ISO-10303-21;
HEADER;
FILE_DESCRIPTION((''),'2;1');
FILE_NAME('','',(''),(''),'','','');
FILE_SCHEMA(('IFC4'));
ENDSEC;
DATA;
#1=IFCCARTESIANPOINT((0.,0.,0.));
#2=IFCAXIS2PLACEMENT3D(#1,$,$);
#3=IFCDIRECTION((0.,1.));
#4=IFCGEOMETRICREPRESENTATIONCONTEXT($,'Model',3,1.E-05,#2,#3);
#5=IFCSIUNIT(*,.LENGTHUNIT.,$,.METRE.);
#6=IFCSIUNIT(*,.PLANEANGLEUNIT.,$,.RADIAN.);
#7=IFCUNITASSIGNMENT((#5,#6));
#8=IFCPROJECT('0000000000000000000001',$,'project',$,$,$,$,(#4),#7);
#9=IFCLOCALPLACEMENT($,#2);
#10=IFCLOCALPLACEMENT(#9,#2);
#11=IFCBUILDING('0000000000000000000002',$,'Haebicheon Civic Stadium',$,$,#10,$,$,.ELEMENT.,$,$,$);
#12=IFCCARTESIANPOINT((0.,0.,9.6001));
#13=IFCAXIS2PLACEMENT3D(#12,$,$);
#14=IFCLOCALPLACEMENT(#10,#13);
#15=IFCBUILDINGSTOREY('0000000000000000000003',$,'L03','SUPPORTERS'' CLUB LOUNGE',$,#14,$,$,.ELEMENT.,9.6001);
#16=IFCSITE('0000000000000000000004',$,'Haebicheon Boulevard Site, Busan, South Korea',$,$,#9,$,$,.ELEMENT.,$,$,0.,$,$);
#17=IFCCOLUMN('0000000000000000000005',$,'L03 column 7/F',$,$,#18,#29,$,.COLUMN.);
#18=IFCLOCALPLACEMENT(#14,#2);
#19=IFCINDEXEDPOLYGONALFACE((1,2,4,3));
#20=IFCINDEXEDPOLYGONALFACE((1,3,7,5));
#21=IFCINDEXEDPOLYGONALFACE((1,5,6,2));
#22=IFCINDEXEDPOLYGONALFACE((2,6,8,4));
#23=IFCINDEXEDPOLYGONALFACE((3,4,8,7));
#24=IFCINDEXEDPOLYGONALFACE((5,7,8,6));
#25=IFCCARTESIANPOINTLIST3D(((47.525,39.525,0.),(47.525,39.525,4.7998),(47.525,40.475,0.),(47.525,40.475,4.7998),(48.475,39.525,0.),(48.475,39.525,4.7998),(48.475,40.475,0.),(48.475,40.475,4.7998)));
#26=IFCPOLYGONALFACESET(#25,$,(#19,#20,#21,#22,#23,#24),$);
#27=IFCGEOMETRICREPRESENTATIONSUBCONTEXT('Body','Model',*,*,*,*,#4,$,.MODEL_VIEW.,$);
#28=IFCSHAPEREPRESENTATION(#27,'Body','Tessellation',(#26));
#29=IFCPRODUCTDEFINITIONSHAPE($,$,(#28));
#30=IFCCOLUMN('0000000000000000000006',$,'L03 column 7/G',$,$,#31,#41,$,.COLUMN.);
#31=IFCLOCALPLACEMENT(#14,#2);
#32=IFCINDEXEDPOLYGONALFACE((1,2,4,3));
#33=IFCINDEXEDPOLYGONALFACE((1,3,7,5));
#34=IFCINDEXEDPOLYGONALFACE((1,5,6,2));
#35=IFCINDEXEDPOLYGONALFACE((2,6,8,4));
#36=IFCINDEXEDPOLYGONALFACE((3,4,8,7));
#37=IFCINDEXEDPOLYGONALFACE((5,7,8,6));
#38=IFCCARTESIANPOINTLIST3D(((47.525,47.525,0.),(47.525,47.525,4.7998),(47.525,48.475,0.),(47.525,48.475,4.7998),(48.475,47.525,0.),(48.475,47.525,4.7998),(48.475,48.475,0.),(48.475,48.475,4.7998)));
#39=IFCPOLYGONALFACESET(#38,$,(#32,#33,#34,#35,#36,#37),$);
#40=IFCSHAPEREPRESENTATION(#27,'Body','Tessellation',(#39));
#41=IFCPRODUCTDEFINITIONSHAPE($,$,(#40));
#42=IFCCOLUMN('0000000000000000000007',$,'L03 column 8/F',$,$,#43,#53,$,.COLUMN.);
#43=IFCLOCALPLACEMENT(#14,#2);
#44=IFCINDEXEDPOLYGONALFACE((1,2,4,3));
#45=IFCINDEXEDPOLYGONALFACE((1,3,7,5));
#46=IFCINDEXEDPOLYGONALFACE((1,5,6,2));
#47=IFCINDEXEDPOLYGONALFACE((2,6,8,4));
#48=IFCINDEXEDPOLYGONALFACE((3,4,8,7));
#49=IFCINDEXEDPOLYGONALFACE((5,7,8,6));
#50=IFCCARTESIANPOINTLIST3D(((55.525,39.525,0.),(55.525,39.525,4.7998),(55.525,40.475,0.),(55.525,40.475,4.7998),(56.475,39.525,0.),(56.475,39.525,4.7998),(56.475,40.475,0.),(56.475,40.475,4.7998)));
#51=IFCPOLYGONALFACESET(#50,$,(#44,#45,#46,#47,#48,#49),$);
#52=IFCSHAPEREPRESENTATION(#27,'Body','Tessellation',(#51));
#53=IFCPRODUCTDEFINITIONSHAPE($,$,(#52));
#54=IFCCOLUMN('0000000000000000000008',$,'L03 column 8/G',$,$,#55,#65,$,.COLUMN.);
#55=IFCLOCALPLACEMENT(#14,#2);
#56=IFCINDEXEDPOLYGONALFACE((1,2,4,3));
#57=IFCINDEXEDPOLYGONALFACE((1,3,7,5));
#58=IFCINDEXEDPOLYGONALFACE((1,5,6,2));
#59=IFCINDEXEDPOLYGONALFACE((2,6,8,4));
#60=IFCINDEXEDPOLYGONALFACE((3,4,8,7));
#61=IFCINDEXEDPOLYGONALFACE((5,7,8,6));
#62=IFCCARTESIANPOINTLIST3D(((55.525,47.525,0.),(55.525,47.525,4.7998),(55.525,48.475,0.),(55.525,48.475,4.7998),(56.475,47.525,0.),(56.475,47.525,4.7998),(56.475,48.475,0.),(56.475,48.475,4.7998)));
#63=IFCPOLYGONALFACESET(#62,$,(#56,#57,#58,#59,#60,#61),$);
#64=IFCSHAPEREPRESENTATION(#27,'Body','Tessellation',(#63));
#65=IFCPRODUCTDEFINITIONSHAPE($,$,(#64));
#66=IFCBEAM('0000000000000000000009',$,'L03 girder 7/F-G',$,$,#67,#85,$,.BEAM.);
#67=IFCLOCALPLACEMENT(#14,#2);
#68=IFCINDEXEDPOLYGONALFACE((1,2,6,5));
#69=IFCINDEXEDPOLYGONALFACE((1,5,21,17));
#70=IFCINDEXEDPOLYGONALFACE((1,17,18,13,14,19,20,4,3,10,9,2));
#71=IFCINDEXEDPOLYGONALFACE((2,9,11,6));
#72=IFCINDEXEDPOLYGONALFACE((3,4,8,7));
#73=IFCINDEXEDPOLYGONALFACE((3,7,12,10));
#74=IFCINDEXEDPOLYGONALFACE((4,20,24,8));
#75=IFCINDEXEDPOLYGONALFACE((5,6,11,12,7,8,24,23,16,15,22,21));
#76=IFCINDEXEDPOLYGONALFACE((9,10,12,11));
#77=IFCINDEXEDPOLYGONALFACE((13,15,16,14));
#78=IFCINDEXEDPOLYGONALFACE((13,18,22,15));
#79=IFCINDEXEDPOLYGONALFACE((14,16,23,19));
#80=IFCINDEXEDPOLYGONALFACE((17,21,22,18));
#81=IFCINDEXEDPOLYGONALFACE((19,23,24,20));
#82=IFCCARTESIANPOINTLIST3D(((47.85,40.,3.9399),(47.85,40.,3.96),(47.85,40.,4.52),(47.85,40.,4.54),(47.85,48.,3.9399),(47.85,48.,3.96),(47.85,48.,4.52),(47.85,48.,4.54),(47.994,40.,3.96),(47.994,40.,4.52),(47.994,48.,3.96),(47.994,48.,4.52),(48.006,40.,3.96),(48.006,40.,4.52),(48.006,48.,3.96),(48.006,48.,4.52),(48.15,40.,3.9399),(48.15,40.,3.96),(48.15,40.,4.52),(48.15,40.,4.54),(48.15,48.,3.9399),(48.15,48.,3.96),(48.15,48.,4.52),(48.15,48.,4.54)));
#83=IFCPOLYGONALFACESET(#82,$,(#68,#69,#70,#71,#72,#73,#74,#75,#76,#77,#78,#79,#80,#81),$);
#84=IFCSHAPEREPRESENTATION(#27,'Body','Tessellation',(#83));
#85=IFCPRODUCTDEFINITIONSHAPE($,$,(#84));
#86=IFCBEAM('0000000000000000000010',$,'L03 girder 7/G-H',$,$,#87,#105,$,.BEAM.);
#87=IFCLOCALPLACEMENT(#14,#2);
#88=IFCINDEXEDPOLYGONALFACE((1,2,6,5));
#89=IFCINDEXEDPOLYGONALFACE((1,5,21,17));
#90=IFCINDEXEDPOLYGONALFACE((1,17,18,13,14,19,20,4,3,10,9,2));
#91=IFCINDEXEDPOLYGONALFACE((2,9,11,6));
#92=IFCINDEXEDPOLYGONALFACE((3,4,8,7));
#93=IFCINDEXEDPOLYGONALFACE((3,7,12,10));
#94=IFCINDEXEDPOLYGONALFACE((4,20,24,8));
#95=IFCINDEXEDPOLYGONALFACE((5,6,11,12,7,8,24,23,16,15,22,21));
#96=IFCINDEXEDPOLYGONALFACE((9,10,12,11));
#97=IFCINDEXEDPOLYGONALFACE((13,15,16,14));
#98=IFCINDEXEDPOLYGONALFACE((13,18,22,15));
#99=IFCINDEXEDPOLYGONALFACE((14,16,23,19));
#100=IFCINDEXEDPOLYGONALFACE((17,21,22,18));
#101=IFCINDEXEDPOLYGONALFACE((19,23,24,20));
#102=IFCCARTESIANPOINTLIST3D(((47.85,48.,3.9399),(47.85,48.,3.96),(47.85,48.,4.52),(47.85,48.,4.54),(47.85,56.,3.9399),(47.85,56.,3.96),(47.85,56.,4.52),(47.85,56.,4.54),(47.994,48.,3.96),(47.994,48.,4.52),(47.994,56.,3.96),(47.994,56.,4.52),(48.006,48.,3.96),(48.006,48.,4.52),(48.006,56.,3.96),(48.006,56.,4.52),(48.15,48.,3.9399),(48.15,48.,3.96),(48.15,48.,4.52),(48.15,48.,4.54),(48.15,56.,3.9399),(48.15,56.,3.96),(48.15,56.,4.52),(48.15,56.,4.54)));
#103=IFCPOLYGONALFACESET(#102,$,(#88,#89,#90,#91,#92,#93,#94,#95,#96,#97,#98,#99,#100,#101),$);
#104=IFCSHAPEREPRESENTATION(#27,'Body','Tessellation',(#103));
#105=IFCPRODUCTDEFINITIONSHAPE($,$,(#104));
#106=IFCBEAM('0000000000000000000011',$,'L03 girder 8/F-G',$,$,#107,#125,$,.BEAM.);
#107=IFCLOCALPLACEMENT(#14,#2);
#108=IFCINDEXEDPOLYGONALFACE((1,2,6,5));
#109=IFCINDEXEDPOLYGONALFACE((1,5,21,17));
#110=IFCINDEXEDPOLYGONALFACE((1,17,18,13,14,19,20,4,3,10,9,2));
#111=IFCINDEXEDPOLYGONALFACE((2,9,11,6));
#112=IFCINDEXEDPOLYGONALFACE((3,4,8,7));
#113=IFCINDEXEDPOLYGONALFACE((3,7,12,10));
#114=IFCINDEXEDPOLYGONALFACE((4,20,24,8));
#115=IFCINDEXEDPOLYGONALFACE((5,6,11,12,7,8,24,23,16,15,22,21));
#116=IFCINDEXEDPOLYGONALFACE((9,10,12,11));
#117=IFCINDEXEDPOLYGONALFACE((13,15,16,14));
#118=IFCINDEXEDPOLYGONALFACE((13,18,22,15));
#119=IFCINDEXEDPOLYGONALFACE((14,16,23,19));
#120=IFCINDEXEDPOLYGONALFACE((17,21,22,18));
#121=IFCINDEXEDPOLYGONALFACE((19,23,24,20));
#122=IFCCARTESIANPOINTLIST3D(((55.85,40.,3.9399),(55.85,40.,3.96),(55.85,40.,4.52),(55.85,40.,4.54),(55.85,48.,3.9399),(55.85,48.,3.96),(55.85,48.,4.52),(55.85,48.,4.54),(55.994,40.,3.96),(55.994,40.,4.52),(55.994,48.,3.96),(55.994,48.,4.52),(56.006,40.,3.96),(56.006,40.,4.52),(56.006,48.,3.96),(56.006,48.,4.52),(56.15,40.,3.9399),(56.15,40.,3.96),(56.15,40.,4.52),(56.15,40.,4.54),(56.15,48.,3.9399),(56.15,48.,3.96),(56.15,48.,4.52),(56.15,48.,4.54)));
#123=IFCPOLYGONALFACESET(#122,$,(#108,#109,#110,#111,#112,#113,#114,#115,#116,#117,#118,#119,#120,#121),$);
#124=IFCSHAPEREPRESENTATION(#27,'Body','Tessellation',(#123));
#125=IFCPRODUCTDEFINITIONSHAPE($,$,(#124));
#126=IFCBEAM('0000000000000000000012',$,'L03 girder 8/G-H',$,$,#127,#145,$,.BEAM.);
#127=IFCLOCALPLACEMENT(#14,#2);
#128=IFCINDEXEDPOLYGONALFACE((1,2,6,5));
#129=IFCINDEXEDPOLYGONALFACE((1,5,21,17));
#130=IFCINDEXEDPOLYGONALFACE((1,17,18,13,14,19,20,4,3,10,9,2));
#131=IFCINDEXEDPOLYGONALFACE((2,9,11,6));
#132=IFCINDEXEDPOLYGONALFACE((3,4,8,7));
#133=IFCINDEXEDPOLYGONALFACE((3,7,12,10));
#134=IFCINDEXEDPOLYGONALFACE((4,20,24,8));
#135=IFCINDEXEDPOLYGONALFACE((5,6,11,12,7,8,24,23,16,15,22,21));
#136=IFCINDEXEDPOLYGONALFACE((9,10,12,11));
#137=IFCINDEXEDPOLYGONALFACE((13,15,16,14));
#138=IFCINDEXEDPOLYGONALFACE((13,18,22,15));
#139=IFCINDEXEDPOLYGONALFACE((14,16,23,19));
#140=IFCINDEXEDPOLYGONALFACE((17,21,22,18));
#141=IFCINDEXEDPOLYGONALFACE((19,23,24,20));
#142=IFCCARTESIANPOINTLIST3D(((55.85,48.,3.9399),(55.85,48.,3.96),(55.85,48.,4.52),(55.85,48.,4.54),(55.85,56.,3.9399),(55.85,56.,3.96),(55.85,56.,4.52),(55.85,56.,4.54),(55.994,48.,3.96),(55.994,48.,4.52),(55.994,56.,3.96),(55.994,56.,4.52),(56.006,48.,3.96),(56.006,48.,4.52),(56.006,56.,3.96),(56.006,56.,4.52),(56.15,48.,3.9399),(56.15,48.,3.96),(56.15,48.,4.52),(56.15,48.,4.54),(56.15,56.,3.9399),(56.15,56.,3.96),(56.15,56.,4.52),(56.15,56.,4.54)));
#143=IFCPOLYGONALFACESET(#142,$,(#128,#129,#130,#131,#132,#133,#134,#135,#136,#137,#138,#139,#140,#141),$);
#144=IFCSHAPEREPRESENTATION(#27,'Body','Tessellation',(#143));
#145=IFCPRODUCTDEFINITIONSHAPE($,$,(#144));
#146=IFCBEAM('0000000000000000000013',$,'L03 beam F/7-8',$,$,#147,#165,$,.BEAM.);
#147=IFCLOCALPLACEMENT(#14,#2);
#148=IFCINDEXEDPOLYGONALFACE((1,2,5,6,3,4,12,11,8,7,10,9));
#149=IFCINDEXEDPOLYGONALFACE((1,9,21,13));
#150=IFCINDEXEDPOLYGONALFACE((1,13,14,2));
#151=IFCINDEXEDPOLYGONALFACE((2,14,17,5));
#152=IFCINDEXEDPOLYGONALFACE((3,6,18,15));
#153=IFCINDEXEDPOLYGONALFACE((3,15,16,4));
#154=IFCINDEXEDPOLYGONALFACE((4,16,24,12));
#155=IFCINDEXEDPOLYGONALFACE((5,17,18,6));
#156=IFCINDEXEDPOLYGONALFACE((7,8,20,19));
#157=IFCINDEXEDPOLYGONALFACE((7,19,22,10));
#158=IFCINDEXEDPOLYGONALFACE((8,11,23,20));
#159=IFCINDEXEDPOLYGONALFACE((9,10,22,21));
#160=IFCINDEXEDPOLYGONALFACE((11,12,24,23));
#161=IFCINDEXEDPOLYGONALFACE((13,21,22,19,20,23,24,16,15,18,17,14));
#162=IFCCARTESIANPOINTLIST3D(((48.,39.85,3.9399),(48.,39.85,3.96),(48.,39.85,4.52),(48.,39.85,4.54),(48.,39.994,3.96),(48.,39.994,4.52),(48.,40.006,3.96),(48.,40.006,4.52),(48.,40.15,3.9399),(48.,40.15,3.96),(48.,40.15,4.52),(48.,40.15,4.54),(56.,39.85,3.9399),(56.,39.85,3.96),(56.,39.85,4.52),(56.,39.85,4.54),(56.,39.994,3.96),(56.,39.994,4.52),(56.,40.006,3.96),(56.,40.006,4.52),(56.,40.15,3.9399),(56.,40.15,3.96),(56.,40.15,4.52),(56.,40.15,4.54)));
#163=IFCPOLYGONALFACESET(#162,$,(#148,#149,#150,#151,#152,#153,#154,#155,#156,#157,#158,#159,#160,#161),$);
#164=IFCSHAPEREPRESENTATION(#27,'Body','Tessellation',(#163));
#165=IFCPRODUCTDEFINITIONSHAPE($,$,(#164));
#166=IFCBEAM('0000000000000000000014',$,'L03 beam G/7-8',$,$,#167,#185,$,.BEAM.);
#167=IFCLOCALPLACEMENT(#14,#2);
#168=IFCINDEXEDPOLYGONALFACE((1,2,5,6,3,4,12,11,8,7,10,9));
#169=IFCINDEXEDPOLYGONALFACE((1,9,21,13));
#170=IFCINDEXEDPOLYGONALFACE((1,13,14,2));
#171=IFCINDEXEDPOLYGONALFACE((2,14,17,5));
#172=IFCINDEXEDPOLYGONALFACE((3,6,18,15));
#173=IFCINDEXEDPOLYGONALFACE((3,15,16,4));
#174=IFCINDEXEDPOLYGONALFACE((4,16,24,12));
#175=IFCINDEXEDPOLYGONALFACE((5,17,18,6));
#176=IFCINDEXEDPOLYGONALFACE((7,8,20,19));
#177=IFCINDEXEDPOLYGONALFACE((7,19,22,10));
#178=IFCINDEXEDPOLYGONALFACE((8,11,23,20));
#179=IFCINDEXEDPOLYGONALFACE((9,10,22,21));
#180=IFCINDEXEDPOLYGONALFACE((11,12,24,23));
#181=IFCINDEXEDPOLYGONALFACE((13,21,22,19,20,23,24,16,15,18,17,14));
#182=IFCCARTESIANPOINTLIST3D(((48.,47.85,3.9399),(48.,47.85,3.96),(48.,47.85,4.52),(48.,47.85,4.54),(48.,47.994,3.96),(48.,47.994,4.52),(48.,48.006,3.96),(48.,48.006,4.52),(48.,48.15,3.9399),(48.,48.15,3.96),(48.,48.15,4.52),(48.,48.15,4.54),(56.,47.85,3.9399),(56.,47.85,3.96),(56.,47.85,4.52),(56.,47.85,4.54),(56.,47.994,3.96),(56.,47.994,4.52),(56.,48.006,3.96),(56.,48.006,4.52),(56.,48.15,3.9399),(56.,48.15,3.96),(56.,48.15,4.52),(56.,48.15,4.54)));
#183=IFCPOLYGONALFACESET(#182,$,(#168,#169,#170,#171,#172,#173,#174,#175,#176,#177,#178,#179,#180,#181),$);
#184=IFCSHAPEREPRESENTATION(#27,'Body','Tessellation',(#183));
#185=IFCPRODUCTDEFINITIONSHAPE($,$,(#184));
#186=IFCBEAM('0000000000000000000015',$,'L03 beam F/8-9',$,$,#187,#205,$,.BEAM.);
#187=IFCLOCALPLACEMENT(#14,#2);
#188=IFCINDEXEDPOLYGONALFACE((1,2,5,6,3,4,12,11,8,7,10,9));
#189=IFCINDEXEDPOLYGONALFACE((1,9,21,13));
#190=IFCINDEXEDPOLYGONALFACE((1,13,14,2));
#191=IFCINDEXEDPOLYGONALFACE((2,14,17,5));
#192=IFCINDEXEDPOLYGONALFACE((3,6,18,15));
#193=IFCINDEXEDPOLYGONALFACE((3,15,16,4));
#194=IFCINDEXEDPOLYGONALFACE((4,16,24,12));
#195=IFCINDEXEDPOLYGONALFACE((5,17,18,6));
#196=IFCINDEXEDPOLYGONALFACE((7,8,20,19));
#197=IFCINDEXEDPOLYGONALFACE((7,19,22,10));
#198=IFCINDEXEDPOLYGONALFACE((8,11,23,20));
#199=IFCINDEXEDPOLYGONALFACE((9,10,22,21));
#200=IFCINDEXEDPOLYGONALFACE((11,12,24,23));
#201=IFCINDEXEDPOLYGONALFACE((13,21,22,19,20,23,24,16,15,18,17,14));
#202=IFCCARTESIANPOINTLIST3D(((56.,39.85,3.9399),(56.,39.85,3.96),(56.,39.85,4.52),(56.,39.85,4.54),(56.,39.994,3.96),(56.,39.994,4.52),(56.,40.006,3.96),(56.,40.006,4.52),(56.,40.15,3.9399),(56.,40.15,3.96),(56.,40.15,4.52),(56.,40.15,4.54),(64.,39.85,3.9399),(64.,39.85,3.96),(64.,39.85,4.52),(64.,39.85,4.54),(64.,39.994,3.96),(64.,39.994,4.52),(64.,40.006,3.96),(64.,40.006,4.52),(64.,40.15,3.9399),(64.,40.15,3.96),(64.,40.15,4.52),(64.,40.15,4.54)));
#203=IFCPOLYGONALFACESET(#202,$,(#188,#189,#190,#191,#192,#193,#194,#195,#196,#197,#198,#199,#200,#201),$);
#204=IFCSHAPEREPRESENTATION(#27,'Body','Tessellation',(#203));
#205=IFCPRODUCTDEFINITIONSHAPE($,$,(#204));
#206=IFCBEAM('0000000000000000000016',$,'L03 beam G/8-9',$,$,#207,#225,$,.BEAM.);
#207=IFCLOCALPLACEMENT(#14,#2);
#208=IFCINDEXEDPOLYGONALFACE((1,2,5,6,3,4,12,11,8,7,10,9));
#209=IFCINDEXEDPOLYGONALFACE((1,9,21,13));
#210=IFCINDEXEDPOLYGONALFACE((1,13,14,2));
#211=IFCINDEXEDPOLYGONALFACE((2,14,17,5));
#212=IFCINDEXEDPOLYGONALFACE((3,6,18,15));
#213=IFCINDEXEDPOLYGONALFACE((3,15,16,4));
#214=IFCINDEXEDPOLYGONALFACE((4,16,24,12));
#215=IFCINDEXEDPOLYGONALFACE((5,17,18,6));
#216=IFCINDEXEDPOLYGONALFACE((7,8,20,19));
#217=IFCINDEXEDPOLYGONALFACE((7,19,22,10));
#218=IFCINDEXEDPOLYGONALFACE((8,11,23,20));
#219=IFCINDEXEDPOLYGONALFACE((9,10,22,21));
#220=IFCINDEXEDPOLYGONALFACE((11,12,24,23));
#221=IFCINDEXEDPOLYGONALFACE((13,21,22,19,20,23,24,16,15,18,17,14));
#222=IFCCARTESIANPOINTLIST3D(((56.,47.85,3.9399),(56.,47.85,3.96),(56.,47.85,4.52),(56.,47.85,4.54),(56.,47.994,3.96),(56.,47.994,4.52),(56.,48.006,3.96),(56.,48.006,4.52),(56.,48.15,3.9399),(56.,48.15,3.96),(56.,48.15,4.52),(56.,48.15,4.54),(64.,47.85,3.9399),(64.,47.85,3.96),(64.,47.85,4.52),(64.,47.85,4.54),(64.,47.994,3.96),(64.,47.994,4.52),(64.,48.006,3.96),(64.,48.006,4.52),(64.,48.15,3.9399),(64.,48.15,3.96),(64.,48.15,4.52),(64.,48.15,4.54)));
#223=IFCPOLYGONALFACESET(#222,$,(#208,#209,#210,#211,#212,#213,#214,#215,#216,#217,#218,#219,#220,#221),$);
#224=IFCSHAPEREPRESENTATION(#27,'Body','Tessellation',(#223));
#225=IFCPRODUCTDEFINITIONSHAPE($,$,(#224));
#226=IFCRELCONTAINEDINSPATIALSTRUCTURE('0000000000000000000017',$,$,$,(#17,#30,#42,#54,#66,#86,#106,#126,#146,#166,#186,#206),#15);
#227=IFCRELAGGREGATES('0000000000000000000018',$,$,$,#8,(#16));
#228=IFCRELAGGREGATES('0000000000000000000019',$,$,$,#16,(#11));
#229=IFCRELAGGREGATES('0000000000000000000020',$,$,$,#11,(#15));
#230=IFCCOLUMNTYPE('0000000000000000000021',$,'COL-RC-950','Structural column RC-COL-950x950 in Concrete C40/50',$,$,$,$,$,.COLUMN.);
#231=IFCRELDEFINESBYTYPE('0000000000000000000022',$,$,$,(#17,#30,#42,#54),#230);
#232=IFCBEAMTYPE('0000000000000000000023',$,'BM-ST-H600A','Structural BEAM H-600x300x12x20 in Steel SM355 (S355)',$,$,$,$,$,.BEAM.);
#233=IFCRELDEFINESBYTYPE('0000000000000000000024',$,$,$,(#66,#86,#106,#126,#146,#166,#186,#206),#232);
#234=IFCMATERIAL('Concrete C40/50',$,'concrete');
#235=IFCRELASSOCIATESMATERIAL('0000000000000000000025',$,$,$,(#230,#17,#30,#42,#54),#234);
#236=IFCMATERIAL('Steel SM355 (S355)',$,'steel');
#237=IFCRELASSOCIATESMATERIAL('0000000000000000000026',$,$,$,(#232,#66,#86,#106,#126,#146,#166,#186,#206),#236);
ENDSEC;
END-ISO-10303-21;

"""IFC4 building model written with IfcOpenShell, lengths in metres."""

from ifc_helpers import new_model, si_unit, direction, frame, origin, origin_2d, place, context, subcontext, project, spatial, rectangle, i_section, extrude, material, material_profile, profile_set, type_object, element, save


model = new_model("IFC4")

# Units and contexts
model_context = context("Model", 3, precision=1e-05, world=origin(), true_north=direction((0.0, 1.0)))
body_context = subcontext(model_context, "Body", "Model", "MODEL_VIEW")
ifc_project = project(units=[si_unit("LENGTHUNIT", "METRE"), si_unit("PLANEANGLEUNIT", "RADIAN")], contexts=[model_context])

# Site, building, storey
site_placement = place(None, origin())
site = spatial("IfcSite", under=ifc_project, at=site_placement, Name="Haebicheon Boulevard Site, Busan, South Korea", CompositionType="ELEMENT", RefElevation=0.0)
building_placement = place(site_placement, origin())
building = spatial("IfcBuilding", under=site, at=building_placement, Name="Haebicheon Civic Stadium", CompositionType="ELEMENT")
storey_placement = place(building_placement, frame((0.0, 0.0, 9.6001)))
storey = spatial("IfcBuildingStorey", under=building, at=storey_placement, Name="L03", Description="SUPPORTERS' CLUB LOUNGE", CompositionType="ELEMENT", Elevation=9.6001)

# Columns
ifc_material_1 = material(Name="Concrete C40/50", Category="concrete")
ifc_material_profile_1 = material_profile(ifc_material_1, rectangle(XDim=0.95, YDim=0.95, at=origin_2d()), Name="RC-COL-950x950")
ifc_profile_set_1 = profile_set([ifc_material_profile_1], Name="Concrete C40/50")
column_type = type_object("IfcColumnType", Name="COL-RC-950", Description="Structural column RC-COL-950x950 in Concrete C40/50", PredefinedType="COLUMN", material=ifc_profile_set_1)
for number, where, z_axis, x_axis, name in (
    (1, (48.0, 40.0, 0.0), (0.0, 0.0, 1.0), (1.0, 0.0, 0.0), "L03 column 7/F"),
    (2, (48.0, 48.0, 0.0), (0.0, 0.0, 1.0), (1.0, 0.0, 0.0), "L03 column 7/G"),
    (3, (56.0, 40.0, 0.0), (0.0, 0.0, 1.0), (1.0, 0.0, 0.0), "L03 column 8/F"),
    (4, (56.0, 48.0, 0.0), (0.0, 0.0, 1.0), (1.0, 0.0, 0.0), "L03 column 8/G"),
):
    element("IfcColumn", number, at=place(storey_placement, frame(where, z_axis=z_axis, x_axis=x_axis)), inside=storey, type_object=column_type, material=ifc_profile_set_1, Name=name, PredefinedType="COLUMN", context=body_context, shape_type="SweptSolid", body=[
        extrude(rectangle(XDim=0.95, YDim=0.95, at=origin_2d()), origin(), (0.0, 0.0, 1.0), 4.7998),
    ])

# Beams
ifc_material_2 = material(Name="Steel SM355 (S355)", Category="steel")
ifc_material_profile_2 = material_profile(ifc_material_2, i_section(OverallWidth=0.3, OverallDepth=0.6001, WebThickness=0.012, FlangeThickness=0.02, at=origin_2d()), Name="H-600x300x12x20")
ifc_profile_set_2 = profile_set([ifc_material_profile_2], Name="Steel SM355 (S355)")
beam_type_1 = type_object("IfcBeamType", Name="BM-ST-H600A", Description="Structural BEAM H-600x300x12x20 in Steel SM355 (S355)", PredefinedType="BEAM", material=ifc_profile_set_2)
for number, where, z_axis, x_axis, name in (
    (5, (48.0, 40.0, 4.24), (0.0, 1.0, 0.0), (-1.0, 0.0, 0.0), "L03 girder 7/F-G"),
    (6, (48.0, 48.0, 4.24), (0.0, 1.0, 0.0), (-1.0, 0.0, 0.0), "L03 girder 7/G-H"),
    (7, (56.0, 40.0, 4.24), (0.0, 1.0, 0.0), (-1.0, 0.0, 0.0), "L03 girder 8/F-G"),
    (8, (56.0, 48.0, 4.24), (0.0, 1.0, 0.0), (-1.0, 0.0, 0.0), "L03 girder 8/G-H"),
    (9, (48.0, 40.0, 4.24), (1.0, 0.0, 0.0), (0.0, 1.0, 0.0), "L03 beam F/7-8"),
    (10, (48.0, 48.0, 4.24), (1.0, 0.0, 0.0), (0.0, 1.0, 0.0), "L03 beam G/7-8"),
    (11, (56.0, 40.0, 4.24), (1.0, 0.0, 0.0), (0.0, 1.0, 0.0), "L03 beam F/8-9"),
    (12, (56.0, 48.0, 4.24), (1.0, 0.0, 0.0), (0.0, 1.0, 0.0), "L03 beam G/8-9"),
):
    element("IfcBeam", number, at=place(storey_placement, frame(where, z_axis=z_axis, x_axis=x_axis)), inside=storey, type_object=beam_type_1, material=ifc_profile_set_2, Name=name, PredefinedType="BEAM", context=body_context, shape_type="SweptSolid", body=[
        extrude(i_section(OverallWidth=0.3, OverallDepth=0.6001, WebThickness=0.012, FlangeThickness=0.02, at=origin_2d()), origin(), (0.0, 0.0, 1.0), 8.0),
    ])

save(model, "model.ifc")
